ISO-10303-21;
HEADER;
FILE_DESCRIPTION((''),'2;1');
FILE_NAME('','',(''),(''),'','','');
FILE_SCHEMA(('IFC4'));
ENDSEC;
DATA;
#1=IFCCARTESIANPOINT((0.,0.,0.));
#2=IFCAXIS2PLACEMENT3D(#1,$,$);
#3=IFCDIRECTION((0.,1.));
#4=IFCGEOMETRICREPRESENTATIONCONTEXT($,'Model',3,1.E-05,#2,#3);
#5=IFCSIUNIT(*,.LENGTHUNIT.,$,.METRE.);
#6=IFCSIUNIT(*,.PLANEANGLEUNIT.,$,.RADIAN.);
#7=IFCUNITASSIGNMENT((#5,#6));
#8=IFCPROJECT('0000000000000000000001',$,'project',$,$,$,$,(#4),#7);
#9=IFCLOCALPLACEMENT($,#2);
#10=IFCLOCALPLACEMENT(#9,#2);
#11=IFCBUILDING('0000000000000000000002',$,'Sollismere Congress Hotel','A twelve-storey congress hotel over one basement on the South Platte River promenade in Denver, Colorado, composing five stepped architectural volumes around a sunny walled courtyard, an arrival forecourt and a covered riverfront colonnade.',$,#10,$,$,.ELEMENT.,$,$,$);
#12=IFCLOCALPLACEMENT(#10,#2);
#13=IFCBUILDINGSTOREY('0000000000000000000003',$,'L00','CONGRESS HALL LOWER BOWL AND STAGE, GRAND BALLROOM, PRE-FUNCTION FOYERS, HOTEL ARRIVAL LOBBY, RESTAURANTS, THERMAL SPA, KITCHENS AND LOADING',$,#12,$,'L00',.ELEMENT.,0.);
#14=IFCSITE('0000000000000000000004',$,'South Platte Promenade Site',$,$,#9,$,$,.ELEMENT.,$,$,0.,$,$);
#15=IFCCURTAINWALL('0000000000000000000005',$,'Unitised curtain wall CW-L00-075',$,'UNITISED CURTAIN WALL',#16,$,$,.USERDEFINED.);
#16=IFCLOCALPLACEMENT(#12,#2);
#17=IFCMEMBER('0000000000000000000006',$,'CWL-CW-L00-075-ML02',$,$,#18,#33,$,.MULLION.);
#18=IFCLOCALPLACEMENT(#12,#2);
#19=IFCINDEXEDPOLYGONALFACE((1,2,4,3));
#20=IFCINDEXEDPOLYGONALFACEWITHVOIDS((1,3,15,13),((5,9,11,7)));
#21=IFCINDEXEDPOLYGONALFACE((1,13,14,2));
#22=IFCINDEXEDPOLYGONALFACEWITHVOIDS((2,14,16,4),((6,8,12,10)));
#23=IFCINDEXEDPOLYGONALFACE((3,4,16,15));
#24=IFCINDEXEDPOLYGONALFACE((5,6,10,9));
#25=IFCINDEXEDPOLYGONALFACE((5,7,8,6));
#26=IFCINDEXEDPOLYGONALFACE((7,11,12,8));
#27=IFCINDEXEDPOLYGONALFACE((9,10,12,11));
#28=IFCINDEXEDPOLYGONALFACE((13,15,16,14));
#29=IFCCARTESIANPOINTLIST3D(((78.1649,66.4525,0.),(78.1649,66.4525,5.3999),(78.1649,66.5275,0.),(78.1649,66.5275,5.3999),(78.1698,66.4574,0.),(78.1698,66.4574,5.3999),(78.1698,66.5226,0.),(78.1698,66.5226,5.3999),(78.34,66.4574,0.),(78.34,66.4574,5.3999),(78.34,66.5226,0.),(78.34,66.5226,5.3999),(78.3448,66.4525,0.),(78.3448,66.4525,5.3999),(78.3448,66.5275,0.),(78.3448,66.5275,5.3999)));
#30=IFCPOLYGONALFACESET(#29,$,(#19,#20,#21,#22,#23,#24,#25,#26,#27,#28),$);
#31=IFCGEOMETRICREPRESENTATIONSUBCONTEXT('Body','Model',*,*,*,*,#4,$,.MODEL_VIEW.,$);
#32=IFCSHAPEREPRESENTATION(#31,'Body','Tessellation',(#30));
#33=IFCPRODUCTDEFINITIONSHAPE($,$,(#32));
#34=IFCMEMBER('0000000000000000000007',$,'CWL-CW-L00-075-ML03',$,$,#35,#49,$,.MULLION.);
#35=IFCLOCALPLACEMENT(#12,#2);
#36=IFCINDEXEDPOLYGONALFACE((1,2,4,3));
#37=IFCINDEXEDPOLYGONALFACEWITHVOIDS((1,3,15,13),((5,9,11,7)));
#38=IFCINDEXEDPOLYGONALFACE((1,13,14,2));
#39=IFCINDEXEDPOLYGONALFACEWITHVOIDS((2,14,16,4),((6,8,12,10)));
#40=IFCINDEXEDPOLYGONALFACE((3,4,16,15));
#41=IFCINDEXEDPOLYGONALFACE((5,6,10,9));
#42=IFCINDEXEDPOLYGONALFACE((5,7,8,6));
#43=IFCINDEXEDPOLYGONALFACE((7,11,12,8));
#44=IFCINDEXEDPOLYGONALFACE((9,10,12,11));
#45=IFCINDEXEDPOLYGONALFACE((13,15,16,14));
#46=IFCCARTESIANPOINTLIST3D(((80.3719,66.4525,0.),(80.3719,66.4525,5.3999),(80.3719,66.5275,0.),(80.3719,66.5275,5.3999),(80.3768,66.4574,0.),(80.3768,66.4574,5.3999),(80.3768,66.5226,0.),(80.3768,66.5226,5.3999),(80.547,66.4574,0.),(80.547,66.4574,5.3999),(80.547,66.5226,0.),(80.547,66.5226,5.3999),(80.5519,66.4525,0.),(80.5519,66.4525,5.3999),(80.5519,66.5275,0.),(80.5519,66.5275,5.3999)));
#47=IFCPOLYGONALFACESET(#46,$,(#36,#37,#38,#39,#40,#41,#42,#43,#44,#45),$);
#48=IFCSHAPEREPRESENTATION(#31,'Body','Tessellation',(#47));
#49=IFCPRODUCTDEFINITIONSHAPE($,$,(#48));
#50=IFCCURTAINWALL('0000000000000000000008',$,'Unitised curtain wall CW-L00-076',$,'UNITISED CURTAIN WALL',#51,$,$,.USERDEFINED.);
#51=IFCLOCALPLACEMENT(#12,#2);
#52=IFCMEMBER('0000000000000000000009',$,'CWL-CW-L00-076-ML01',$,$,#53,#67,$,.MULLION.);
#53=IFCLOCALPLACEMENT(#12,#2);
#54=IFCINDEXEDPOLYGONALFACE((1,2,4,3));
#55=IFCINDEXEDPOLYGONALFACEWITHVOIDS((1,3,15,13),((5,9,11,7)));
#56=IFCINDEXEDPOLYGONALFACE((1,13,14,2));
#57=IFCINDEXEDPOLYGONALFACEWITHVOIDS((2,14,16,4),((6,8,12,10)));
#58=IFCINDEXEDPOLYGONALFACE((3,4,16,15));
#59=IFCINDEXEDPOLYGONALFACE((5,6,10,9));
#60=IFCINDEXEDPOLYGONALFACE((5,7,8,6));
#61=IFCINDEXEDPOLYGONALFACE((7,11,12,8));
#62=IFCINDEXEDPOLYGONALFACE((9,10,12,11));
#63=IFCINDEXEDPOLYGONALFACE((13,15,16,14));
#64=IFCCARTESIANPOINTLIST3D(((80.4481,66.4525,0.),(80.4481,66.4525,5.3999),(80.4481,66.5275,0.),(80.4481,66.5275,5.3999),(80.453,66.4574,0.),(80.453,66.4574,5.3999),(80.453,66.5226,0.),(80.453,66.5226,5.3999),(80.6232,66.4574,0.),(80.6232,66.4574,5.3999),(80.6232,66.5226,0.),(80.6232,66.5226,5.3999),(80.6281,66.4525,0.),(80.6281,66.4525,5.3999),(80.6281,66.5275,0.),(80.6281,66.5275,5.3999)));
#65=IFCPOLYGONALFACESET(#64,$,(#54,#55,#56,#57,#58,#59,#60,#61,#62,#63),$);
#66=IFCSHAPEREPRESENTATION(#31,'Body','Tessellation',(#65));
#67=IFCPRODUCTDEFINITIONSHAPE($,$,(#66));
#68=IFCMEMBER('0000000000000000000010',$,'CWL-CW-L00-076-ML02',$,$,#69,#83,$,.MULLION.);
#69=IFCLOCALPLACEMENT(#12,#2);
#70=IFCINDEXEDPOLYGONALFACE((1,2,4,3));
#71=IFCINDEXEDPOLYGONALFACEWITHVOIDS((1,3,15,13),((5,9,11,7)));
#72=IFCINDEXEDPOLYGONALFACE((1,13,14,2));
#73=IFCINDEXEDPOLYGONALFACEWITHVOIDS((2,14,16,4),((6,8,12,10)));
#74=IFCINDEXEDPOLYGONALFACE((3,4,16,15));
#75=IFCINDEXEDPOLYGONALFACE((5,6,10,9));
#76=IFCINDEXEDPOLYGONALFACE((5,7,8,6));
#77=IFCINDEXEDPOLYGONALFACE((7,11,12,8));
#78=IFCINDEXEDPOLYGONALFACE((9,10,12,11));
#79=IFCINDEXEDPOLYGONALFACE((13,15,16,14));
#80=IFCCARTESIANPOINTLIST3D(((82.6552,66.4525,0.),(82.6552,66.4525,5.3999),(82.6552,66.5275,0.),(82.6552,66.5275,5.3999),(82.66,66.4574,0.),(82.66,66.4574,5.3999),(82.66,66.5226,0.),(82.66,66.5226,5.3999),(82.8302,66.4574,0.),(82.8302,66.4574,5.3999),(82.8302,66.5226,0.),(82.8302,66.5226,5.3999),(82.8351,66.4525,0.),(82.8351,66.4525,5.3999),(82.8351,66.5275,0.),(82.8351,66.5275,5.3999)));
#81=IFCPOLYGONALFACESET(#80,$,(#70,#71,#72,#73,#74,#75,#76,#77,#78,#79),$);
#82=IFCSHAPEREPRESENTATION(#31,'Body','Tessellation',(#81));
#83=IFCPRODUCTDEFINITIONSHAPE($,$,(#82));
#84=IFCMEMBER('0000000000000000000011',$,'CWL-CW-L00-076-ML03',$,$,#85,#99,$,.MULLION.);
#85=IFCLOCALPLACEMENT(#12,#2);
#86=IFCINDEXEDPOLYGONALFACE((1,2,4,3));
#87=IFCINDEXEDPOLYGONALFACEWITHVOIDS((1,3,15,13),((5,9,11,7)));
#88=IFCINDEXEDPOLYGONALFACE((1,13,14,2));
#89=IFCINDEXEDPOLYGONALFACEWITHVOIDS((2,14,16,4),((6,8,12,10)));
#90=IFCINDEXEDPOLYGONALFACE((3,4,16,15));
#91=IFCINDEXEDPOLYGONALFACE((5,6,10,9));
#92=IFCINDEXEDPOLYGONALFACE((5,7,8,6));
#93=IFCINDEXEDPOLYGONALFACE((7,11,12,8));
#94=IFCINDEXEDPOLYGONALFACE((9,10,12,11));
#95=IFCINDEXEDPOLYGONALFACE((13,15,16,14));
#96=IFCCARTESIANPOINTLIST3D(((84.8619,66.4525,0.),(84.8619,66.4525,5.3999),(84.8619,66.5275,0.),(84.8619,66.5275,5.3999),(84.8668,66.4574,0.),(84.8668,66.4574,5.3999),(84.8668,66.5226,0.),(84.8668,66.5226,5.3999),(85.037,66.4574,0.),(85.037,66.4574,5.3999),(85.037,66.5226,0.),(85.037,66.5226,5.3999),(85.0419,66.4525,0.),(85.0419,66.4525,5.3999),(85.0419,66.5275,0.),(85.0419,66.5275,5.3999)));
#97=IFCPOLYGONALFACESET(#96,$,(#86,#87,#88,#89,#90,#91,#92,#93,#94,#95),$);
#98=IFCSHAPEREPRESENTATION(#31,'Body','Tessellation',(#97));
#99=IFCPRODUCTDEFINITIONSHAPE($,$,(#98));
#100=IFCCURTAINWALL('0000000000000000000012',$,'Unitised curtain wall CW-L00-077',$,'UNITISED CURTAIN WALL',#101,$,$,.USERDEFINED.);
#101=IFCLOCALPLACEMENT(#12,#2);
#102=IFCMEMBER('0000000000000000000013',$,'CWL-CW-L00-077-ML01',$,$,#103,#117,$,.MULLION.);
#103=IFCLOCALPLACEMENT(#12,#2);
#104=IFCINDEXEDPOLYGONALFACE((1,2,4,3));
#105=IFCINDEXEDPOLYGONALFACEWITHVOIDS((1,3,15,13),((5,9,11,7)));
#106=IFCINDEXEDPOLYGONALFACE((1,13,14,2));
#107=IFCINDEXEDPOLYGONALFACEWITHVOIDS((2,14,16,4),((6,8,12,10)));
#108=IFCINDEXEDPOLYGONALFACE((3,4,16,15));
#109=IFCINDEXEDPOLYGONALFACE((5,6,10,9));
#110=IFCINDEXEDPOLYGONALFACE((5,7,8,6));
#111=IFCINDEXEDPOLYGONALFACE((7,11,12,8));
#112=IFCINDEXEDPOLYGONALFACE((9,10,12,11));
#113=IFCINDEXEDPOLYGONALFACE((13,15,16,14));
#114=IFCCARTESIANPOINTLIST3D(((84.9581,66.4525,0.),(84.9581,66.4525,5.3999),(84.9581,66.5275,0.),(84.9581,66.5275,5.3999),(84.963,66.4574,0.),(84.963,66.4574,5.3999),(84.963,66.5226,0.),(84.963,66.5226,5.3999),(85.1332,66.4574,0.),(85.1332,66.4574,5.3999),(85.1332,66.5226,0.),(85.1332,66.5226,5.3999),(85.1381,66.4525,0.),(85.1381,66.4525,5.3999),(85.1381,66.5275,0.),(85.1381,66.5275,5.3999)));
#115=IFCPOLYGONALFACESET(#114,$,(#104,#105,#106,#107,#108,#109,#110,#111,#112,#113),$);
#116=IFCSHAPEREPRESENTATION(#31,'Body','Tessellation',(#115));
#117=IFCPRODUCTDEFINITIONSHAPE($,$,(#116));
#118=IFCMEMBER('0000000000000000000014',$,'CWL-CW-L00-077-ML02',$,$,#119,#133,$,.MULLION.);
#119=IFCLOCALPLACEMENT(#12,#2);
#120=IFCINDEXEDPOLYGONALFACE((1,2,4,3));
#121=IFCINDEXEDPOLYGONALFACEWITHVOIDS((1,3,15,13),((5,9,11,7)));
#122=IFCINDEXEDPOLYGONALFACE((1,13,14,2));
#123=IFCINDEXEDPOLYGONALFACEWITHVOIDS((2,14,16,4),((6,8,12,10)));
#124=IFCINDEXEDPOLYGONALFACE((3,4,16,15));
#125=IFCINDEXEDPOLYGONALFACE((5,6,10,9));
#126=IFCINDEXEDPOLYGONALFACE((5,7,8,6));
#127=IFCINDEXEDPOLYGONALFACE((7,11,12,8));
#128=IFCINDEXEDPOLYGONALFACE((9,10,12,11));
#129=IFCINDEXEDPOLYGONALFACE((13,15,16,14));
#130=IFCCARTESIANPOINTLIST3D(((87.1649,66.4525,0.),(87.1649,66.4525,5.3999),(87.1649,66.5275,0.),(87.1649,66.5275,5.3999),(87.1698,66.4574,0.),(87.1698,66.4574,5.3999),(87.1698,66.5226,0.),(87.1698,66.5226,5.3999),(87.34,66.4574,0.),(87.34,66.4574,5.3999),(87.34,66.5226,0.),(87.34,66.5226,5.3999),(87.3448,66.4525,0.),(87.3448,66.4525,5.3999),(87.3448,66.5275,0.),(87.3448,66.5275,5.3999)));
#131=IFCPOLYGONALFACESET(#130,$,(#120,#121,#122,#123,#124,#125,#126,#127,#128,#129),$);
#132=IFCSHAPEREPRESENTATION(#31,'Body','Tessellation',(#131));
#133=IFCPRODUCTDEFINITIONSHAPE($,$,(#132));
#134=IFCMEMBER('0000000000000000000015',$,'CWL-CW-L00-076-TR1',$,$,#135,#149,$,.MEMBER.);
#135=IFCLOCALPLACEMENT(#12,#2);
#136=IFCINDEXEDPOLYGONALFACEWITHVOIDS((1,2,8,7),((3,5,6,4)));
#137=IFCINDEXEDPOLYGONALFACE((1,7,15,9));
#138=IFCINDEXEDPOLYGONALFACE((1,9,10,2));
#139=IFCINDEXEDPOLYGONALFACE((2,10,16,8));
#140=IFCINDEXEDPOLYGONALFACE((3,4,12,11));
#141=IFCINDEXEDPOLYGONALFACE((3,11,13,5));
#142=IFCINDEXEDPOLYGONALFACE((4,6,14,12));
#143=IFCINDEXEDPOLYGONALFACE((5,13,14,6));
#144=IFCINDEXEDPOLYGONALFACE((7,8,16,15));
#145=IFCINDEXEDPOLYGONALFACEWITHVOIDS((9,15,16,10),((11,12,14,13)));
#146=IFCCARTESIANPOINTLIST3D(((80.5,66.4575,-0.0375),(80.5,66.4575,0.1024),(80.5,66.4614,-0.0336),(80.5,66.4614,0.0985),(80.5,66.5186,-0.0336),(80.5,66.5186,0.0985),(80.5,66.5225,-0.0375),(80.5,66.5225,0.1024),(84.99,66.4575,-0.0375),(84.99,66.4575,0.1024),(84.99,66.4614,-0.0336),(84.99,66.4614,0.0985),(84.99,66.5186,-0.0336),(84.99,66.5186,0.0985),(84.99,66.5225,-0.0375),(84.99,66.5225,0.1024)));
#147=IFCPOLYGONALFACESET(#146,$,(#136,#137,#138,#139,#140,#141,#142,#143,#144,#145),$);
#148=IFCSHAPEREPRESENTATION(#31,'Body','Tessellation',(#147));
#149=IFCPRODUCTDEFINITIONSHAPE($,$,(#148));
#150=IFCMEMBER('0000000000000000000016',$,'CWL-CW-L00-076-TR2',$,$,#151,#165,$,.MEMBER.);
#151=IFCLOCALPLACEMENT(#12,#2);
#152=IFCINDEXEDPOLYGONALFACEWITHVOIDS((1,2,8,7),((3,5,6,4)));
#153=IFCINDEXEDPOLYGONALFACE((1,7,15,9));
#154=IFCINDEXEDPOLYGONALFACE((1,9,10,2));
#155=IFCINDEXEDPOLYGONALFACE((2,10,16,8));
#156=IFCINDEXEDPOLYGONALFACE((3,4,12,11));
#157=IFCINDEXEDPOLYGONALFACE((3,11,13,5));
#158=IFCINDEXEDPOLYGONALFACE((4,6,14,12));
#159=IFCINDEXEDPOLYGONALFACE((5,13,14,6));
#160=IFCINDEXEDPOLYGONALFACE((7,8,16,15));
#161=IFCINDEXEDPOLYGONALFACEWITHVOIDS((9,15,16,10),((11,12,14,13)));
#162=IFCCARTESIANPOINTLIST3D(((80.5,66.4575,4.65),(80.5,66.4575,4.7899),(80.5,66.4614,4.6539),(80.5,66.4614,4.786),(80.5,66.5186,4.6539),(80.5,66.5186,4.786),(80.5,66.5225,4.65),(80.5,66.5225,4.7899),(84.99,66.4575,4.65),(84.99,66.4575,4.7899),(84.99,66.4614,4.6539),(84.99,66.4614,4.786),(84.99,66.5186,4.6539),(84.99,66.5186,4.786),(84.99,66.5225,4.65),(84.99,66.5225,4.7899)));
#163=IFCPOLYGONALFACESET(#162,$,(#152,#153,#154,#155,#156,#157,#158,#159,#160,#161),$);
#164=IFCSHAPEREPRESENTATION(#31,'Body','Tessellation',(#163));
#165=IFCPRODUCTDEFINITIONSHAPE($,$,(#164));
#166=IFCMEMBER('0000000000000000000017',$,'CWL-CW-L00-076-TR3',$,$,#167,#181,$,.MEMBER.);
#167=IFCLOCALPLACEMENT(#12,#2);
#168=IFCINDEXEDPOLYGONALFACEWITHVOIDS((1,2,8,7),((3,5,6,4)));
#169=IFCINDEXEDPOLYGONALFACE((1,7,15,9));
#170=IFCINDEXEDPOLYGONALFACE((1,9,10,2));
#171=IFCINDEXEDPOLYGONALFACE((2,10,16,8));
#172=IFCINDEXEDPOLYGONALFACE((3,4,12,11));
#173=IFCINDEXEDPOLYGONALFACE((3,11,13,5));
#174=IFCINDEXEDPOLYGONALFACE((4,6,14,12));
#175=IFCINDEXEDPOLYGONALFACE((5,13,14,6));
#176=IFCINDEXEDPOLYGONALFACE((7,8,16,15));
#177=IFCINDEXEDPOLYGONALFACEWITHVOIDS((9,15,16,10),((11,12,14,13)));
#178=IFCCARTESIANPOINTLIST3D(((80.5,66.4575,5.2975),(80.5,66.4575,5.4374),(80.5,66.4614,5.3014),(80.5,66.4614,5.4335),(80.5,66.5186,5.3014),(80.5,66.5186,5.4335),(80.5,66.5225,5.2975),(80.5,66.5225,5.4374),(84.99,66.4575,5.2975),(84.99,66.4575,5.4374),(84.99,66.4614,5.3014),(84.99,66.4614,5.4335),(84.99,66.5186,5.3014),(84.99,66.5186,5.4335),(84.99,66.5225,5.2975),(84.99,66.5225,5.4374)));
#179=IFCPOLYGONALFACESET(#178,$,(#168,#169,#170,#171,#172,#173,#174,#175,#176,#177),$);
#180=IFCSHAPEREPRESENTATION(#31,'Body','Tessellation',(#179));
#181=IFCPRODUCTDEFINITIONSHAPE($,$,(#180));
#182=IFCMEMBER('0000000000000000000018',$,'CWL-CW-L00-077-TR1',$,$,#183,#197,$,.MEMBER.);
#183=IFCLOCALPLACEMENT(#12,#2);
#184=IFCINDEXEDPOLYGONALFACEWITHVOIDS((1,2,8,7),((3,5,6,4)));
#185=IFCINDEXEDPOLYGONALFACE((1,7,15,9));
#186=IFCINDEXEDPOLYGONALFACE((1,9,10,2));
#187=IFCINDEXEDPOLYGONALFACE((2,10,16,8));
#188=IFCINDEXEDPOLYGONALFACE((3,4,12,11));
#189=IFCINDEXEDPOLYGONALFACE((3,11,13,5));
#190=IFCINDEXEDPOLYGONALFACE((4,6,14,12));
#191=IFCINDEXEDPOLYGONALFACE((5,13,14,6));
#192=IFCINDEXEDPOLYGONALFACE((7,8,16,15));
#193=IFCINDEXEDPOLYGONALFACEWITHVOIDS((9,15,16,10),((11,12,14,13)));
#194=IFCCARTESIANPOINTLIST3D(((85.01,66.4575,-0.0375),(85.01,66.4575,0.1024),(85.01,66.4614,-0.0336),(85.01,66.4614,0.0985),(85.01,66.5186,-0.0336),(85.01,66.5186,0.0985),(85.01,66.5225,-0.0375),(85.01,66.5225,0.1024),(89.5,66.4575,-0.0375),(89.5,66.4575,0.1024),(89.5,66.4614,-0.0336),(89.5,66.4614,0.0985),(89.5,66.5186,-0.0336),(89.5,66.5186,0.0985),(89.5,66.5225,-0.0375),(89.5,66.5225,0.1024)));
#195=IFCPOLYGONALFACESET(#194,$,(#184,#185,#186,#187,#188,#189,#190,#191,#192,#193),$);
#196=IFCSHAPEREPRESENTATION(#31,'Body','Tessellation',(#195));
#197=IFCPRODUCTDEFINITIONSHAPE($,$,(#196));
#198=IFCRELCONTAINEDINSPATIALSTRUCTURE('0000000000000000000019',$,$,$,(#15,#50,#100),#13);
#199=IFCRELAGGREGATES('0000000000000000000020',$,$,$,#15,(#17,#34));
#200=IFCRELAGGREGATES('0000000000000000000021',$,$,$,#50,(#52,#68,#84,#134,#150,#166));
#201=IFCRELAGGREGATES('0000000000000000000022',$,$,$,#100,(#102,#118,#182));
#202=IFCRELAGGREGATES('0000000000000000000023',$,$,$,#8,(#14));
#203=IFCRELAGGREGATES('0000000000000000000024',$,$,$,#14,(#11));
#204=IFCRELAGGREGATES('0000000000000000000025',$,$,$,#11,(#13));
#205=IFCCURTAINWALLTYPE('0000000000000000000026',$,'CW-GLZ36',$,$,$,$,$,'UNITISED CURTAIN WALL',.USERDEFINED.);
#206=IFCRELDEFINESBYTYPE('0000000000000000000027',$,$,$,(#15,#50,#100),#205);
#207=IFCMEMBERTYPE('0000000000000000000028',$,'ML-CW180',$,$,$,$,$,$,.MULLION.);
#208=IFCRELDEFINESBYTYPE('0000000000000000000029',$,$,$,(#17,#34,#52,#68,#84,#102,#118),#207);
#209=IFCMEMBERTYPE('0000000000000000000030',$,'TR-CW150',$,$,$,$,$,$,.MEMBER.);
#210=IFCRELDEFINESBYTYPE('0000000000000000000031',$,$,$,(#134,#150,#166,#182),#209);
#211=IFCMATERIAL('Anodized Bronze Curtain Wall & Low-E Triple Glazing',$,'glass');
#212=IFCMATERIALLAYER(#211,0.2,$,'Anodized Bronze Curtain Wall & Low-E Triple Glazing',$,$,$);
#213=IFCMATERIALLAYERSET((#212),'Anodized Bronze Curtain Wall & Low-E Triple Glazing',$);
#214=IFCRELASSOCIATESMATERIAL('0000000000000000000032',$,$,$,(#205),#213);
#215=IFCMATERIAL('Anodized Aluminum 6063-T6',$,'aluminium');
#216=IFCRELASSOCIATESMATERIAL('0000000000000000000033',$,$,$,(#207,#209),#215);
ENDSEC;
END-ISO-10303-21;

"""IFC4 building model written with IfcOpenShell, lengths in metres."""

from ifc_helpers import new_model, si_unit, direction, frame, origin, origin_2d, place, context, subcontext, project, spatial, hollow_rectangle, extrude, material, layer, layer_set, material_profile, profile_set, type_object, element, aggregate, save


model = new_model("IFC4")

# Units and contexts
model_context = context("Model", 3, precision=1e-05, world=origin(), true_north=direction((0.0, 1.0)))
body_context = subcontext(model_context, "Body", "Model", "MODEL_VIEW")
ifc_project = project(units=[si_unit("LENGTHUNIT", "METRE"), si_unit("PLANEANGLEUNIT", "RADIAN")], contexts=[model_context])

# Site, building, storey
site_placement = place(None, origin())
site = spatial("IfcSite", under=ifc_project, at=site_placement, Name="South Platte Promenade Site", CompositionType="ELEMENT", RefElevation=0.0)
building_placement = place(site_placement, origin())
building = spatial("IfcBuilding", under=site, at=building_placement, Name="Sollismere Congress Hotel", Description="A twelve-storey congress hotel over one basement on the South Platte River promenade in Denver, Colorado, composing five stepped architectural volumes around a sunny walled courtyard, an arrival forecourt and a covered riverfront colonnade.", CompositionType="ELEMENT")
storey_placement = place(building_placement, origin())
storey = spatial("IfcBuildingStorey", under=building, at=storey_placement, Name="L00", Description="CONGRESS HALL LOWER BOWL AND STAGE, GRAND BALLROOM, PRE-FUNCTION FOYERS, HOTEL ARRIVAL LOBBY, RESTAURANTS, THERMAL SPA, KITCHENS AND LOADING", LongName="L00", CompositionType="ELEMENT", Elevation=0.0)

# Curtain walls, members
ifc_material_1 = material(Name="Anodized Bronze Curtain Wall & Low-E Triple Glazing", Category="glass")
ifc_layer_1 = layer(ifc_material_1, 0.2, Name="Anodized Bronze Curtain Wall & Low-E Triple Glazing")
ifc_layer_set_1 = layer_set([ifc_layer_1], Name="Anodized Bronze Curtain Wall & Low-E Triple Glazing")
curtain_wall_type = type_object("IfcCurtainWallType", Name="CW-GLZ36", ElementType="UNITISED CURTAIN WALL", PredefinedType="USERDEFINED", material=ifc_layer_set_1)
curtain_wall_1_placement = place(storey_placement, origin())
curtain_wall_1 = element("IfcCurtainWall", 1, at=curtain_wall_1_placement, inside=storey, type_object=curtain_wall_type, Name="Unitised curtain wall CW-L00-075", ObjectType="UNITISED CURTAIN WALL", PredefinedType="USERDEFINED")
ifc_material_2 = material(Name="Anodized Aluminum 6063-T6", Category="aluminium")
ifc_material_profile_1 = material_profile(ifc_material_2, hollow_rectangle(XDim=0.075, YDim=0.1799, WallThickness=0.0049, at=origin_2d()), Name="ALU180X75X5")
ifc_profile_set_1 = profile_set([ifc_material_profile_1], Name="Anodized Aluminum 6063-T6")
member_type_1 = type_object("IfcMemberType", Name="ML-CW180", PredefinedType="MULLION", material=ifc_profile_set_1)
member_1_placement = place(storey_placement, frame((78.2549, 66.49, 0.0), z_axis=(0.0, 0.0, 1.0), x_axis=(0.0, 1.0, 0.0)))
member_1 = element("IfcMember", 2, at=member_1_placement, type_object=member_type_1, Name="CWL-CW-L00-075-ML02", PredefinedType="MULLION", context=body_context, shape_type="SweptSolid", body=[
    extrude(hollow_rectangle(XDim=0.075, YDim=0.1799, WallThickness=0.0049, at=origin_2d()), origin(), (0.0, 0.0, 1.0), 5.3999),
])
member_2_placement = place(storey_placement, frame((80.4619, 66.49, 0.0), z_axis=(0.0, 0.0, 1.0), x_axis=(0.0, 1.0, 0.0)))
member_2 = element("IfcMember", 3, at=member_2_placement, type_object=member_type_1, Name="CWL-CW-L00-075-ML03", PredefinedType="MULLION", context=body_context, shape_type="SweptSolid", body=[
    extrude(hollow_rectangle(XDim=0.075, YDim=0.1799, WallThickness=0.0049, at=origin_2d()), origin(), (0.0, 0.0, 1.0), 5.3999),
])
curtain_wall_2_placement = place(storey_placement, origin())
curtain_wall_2 = element("IfcCurtainWall", 4, at=curtain_wall_2_placement, inside=storey, type_object=curtain_wall_type, Name="Unitised curtain wall CW-L00-076", ObjectType="UNITISED CURTAIN WALL", PredefinedType="USERDEFINED")
member_3_placement = place(storey_placement, frame((80.5381, 66.49, 0.0), z_axis=(0.0, 0.0, 1.0), x_axis=(0.0, 1.0, 0.0)))
member_3 = element("IfcMember", 5, at=member_3_placement, type_object=member_type_1, Name="CWL-CW-L00-076-ML01", PredefinedType="MULLION", context=body_context, shape_type="SweptSolid", body=[
    extrude(hollow_rectangle(XDim=0.075, YDim=0.1799, WallThickness=0.0049, at=origin_2d()), origin(), (0.0, 0.0, 1.0), 5.3999),
])
member_4_placement = place(storey_placement, frame((82.7451, 66.49, 0.0), z_axis=(0.0, 0.0, 1.0), x_axis=(0.0, 1.0, 0.0)))
member_4 = element("IfcMember", 6, at=member_4_placement, type_object=member_type_1, Name="CWL-CW-L00-076-ML02", PredefinedType="MULLION", context=body_context, shape_type="SweptSolid", body=[
    extrude(hollow_rectangle(XDim=0.075, YDim=0.1799, WallThickness=0.0049, at=origin_2d()), origin(), (0.0, 0.0, 1.0), 5.3999),
])
member_5_placement = place(storey_placement, frame((84.9519, 66.49, 0.0), z_axis=(0.0, 0.0, 1.0), x_axis=(0.0, 1.0, 0.0)))
member_5 = element("IfcMember", 7, at=member_5_placement, type_object=member_type_1, Name="CWL-CW-L00-076-ML03", PredefinedType="MULLION", context=body_context, shape_type="SweptSolid", body=[
    extrude(hollow_rectangle(XDim=0.075, YDim=0.1799, WallThickness=0.0049, at=origin_2d()), origin(), (0.0, 0.0, 1.0), 5.3999),
])
curtain_wall_3_placement = place(storey_placement, origin())
curtain_wall_3 = element("IfcCurtainWall", 8, at=curtain_wall_3_placement, inside=storey, type_object=curtain_wall_type, Name="Unitised curtain wall CW-L00-077", ObjectType="UNITISED CURTAIN WALL", PredefinedType="USERDEFINED")
member_6_placement = place(storey_placement, frame((85.0481, 66.49, 0.0), z_axis=(0.0, 0.0, 1.0), x_axis=(0.0, 1.0, 0.0)))
member_6 = element("IfcMember", 9, at=member_6_placement, type_object=member_type_1, Name="CWL-CW-L00-077-ML01", PredefinedType="MULLION", context=body_context, shape_type="SweptSolid", body=[
    extrude(hollow_rectangle(XDim=0.075, YDim=0.1799, WallThickness=0.0049, at=origin_2d()), origin(), (0.0, 0.0, 1.0), 5.3999),
])
member_7_placement = place(storey_placement, frame((87.2549, 66.49, 0.0), z_axis=(0.0, 0.0, 1.0), x_axis=(0.0, 1.0, 0.0)))
member_7 = element("IfcMember", 10, at=member_7_placement, type_object=member_type_1, Name="CWL-CW-L00-077-ML02", PredefinedType="MULLION", context=body_context, shape_type="SweptSolid", body=[
    extrude(hollow_rectangle(XDim=0.075, YDim=0.1799, WallThickness=0.0049, at=origin_2d()), origin(), (0.0, 0.0, 1.0), 5.3999),
])

# Members
ifc_material_profile_2 = material_profile(ifc_material_2, hollow_rectangle(XDim=0.0649, YDim=0.1399, WallThickness=0.0039, at=origin_2d()), Name="ALU140X65X4")
ifc_profile_set_2 = profile_set([ifc_material_profile_2], Name="Anodized Aluminum 6063-T6")
member_type_2 = type_object("IfcMemberType", Name="TR-CW150", PredefinedType="MEMBER", material=ifc_profile_set_2)
member_8_placement = place(storey_placement, frame((80.5, 66.49, 0.0325), z_axis=(1.0, 0.0, 0.0), x_axis=(0.0, 1.0, 0.0)))
member_8 = element("IfcMember", 11, at=member_8_placement, type_object=member_type_2, Name="CWL-CW-L00-076-TR1", PredefinedType="MEMBER", context=body_context, shape_type="SweptSolid", body=[
    extrude(hollow_rectangle(XDim=0.0649, YDim=0.1399, WallThickness=0.0039, at=origin_2d()), origin(), (0.0, 0.0, 1.0), 4.49),
])
member_9_placement = place(storey_placement, frame((80.5, 66.49, 4.72), z_axis=(1.0, 0.0, 0.0), x_axis=(0.0, 1.0, 0.0)))
member_9 = element("IfcMember", 12, at=member_9_placement, type_object=member_type_2, Name="CWL-CW-L00-076-TR2", PredefinedType="MEMBER", context=body_context, shape_type="SweptSolid", body=[
    extrude(hollow_rectangle(XDim=0.0649, YDim=0.1399, WallThickness=0.0039, at=origin_2d()), origin(), (0.0, 0.0, 1.0), 4.49),
])
member_10_placement = place(storey_placement, frame((80.5, 66.49, 5.3674), z_axis=(1.0, 0.0, 0.0), x_axis=(0.0, 1.0, 0.0)))
member_10 = element("IfcMember", 13, at=member_10_placement, type_object=member_type_2, Name="CWL-CW-L00-076-TR3", PredefinedType="MEMBER", context=body_context, shape_type="SweptSolid", body=[
    extrude(hollow_rectangle(XDim=0.0649, YDim=0.1399, WallThickness=0.0039, at=origin_2d()), origin(), (0.0, 0.0, 1.0), 4.49),
])
member_11_placement = place(storey_placement, frame((85.01, 66.49, 0.0325), z_axis=(1.0, 0.0, 0.0), x_axis=(0.0, 1.0, 0.0)))
member_11 = element("IfcMember", 14, at=member_11_placement, type_object=member_type_2, Name="CWL-CW-L00-077-TR1", PredefinedType="MEMBER", context=body_context, shape_type="SweptSolid", body=[
    extrude(hollow_rectangle(XDim=0.0649, YDim=0.1399, WallThickness=0.0039, at=origin_2d()), origin(), (0.0, 0.0, 1.0), 4.49),
])

aggregate(curtain_wall_1, [member_1, member_2])
aggregate(curtain_wall_2, [member_3, member_4, member_5, member_8, member_9, member_10])
aggregate(curtain_wall_3, [member_6, member_7, member_11])

save(model, "model.ifc")
